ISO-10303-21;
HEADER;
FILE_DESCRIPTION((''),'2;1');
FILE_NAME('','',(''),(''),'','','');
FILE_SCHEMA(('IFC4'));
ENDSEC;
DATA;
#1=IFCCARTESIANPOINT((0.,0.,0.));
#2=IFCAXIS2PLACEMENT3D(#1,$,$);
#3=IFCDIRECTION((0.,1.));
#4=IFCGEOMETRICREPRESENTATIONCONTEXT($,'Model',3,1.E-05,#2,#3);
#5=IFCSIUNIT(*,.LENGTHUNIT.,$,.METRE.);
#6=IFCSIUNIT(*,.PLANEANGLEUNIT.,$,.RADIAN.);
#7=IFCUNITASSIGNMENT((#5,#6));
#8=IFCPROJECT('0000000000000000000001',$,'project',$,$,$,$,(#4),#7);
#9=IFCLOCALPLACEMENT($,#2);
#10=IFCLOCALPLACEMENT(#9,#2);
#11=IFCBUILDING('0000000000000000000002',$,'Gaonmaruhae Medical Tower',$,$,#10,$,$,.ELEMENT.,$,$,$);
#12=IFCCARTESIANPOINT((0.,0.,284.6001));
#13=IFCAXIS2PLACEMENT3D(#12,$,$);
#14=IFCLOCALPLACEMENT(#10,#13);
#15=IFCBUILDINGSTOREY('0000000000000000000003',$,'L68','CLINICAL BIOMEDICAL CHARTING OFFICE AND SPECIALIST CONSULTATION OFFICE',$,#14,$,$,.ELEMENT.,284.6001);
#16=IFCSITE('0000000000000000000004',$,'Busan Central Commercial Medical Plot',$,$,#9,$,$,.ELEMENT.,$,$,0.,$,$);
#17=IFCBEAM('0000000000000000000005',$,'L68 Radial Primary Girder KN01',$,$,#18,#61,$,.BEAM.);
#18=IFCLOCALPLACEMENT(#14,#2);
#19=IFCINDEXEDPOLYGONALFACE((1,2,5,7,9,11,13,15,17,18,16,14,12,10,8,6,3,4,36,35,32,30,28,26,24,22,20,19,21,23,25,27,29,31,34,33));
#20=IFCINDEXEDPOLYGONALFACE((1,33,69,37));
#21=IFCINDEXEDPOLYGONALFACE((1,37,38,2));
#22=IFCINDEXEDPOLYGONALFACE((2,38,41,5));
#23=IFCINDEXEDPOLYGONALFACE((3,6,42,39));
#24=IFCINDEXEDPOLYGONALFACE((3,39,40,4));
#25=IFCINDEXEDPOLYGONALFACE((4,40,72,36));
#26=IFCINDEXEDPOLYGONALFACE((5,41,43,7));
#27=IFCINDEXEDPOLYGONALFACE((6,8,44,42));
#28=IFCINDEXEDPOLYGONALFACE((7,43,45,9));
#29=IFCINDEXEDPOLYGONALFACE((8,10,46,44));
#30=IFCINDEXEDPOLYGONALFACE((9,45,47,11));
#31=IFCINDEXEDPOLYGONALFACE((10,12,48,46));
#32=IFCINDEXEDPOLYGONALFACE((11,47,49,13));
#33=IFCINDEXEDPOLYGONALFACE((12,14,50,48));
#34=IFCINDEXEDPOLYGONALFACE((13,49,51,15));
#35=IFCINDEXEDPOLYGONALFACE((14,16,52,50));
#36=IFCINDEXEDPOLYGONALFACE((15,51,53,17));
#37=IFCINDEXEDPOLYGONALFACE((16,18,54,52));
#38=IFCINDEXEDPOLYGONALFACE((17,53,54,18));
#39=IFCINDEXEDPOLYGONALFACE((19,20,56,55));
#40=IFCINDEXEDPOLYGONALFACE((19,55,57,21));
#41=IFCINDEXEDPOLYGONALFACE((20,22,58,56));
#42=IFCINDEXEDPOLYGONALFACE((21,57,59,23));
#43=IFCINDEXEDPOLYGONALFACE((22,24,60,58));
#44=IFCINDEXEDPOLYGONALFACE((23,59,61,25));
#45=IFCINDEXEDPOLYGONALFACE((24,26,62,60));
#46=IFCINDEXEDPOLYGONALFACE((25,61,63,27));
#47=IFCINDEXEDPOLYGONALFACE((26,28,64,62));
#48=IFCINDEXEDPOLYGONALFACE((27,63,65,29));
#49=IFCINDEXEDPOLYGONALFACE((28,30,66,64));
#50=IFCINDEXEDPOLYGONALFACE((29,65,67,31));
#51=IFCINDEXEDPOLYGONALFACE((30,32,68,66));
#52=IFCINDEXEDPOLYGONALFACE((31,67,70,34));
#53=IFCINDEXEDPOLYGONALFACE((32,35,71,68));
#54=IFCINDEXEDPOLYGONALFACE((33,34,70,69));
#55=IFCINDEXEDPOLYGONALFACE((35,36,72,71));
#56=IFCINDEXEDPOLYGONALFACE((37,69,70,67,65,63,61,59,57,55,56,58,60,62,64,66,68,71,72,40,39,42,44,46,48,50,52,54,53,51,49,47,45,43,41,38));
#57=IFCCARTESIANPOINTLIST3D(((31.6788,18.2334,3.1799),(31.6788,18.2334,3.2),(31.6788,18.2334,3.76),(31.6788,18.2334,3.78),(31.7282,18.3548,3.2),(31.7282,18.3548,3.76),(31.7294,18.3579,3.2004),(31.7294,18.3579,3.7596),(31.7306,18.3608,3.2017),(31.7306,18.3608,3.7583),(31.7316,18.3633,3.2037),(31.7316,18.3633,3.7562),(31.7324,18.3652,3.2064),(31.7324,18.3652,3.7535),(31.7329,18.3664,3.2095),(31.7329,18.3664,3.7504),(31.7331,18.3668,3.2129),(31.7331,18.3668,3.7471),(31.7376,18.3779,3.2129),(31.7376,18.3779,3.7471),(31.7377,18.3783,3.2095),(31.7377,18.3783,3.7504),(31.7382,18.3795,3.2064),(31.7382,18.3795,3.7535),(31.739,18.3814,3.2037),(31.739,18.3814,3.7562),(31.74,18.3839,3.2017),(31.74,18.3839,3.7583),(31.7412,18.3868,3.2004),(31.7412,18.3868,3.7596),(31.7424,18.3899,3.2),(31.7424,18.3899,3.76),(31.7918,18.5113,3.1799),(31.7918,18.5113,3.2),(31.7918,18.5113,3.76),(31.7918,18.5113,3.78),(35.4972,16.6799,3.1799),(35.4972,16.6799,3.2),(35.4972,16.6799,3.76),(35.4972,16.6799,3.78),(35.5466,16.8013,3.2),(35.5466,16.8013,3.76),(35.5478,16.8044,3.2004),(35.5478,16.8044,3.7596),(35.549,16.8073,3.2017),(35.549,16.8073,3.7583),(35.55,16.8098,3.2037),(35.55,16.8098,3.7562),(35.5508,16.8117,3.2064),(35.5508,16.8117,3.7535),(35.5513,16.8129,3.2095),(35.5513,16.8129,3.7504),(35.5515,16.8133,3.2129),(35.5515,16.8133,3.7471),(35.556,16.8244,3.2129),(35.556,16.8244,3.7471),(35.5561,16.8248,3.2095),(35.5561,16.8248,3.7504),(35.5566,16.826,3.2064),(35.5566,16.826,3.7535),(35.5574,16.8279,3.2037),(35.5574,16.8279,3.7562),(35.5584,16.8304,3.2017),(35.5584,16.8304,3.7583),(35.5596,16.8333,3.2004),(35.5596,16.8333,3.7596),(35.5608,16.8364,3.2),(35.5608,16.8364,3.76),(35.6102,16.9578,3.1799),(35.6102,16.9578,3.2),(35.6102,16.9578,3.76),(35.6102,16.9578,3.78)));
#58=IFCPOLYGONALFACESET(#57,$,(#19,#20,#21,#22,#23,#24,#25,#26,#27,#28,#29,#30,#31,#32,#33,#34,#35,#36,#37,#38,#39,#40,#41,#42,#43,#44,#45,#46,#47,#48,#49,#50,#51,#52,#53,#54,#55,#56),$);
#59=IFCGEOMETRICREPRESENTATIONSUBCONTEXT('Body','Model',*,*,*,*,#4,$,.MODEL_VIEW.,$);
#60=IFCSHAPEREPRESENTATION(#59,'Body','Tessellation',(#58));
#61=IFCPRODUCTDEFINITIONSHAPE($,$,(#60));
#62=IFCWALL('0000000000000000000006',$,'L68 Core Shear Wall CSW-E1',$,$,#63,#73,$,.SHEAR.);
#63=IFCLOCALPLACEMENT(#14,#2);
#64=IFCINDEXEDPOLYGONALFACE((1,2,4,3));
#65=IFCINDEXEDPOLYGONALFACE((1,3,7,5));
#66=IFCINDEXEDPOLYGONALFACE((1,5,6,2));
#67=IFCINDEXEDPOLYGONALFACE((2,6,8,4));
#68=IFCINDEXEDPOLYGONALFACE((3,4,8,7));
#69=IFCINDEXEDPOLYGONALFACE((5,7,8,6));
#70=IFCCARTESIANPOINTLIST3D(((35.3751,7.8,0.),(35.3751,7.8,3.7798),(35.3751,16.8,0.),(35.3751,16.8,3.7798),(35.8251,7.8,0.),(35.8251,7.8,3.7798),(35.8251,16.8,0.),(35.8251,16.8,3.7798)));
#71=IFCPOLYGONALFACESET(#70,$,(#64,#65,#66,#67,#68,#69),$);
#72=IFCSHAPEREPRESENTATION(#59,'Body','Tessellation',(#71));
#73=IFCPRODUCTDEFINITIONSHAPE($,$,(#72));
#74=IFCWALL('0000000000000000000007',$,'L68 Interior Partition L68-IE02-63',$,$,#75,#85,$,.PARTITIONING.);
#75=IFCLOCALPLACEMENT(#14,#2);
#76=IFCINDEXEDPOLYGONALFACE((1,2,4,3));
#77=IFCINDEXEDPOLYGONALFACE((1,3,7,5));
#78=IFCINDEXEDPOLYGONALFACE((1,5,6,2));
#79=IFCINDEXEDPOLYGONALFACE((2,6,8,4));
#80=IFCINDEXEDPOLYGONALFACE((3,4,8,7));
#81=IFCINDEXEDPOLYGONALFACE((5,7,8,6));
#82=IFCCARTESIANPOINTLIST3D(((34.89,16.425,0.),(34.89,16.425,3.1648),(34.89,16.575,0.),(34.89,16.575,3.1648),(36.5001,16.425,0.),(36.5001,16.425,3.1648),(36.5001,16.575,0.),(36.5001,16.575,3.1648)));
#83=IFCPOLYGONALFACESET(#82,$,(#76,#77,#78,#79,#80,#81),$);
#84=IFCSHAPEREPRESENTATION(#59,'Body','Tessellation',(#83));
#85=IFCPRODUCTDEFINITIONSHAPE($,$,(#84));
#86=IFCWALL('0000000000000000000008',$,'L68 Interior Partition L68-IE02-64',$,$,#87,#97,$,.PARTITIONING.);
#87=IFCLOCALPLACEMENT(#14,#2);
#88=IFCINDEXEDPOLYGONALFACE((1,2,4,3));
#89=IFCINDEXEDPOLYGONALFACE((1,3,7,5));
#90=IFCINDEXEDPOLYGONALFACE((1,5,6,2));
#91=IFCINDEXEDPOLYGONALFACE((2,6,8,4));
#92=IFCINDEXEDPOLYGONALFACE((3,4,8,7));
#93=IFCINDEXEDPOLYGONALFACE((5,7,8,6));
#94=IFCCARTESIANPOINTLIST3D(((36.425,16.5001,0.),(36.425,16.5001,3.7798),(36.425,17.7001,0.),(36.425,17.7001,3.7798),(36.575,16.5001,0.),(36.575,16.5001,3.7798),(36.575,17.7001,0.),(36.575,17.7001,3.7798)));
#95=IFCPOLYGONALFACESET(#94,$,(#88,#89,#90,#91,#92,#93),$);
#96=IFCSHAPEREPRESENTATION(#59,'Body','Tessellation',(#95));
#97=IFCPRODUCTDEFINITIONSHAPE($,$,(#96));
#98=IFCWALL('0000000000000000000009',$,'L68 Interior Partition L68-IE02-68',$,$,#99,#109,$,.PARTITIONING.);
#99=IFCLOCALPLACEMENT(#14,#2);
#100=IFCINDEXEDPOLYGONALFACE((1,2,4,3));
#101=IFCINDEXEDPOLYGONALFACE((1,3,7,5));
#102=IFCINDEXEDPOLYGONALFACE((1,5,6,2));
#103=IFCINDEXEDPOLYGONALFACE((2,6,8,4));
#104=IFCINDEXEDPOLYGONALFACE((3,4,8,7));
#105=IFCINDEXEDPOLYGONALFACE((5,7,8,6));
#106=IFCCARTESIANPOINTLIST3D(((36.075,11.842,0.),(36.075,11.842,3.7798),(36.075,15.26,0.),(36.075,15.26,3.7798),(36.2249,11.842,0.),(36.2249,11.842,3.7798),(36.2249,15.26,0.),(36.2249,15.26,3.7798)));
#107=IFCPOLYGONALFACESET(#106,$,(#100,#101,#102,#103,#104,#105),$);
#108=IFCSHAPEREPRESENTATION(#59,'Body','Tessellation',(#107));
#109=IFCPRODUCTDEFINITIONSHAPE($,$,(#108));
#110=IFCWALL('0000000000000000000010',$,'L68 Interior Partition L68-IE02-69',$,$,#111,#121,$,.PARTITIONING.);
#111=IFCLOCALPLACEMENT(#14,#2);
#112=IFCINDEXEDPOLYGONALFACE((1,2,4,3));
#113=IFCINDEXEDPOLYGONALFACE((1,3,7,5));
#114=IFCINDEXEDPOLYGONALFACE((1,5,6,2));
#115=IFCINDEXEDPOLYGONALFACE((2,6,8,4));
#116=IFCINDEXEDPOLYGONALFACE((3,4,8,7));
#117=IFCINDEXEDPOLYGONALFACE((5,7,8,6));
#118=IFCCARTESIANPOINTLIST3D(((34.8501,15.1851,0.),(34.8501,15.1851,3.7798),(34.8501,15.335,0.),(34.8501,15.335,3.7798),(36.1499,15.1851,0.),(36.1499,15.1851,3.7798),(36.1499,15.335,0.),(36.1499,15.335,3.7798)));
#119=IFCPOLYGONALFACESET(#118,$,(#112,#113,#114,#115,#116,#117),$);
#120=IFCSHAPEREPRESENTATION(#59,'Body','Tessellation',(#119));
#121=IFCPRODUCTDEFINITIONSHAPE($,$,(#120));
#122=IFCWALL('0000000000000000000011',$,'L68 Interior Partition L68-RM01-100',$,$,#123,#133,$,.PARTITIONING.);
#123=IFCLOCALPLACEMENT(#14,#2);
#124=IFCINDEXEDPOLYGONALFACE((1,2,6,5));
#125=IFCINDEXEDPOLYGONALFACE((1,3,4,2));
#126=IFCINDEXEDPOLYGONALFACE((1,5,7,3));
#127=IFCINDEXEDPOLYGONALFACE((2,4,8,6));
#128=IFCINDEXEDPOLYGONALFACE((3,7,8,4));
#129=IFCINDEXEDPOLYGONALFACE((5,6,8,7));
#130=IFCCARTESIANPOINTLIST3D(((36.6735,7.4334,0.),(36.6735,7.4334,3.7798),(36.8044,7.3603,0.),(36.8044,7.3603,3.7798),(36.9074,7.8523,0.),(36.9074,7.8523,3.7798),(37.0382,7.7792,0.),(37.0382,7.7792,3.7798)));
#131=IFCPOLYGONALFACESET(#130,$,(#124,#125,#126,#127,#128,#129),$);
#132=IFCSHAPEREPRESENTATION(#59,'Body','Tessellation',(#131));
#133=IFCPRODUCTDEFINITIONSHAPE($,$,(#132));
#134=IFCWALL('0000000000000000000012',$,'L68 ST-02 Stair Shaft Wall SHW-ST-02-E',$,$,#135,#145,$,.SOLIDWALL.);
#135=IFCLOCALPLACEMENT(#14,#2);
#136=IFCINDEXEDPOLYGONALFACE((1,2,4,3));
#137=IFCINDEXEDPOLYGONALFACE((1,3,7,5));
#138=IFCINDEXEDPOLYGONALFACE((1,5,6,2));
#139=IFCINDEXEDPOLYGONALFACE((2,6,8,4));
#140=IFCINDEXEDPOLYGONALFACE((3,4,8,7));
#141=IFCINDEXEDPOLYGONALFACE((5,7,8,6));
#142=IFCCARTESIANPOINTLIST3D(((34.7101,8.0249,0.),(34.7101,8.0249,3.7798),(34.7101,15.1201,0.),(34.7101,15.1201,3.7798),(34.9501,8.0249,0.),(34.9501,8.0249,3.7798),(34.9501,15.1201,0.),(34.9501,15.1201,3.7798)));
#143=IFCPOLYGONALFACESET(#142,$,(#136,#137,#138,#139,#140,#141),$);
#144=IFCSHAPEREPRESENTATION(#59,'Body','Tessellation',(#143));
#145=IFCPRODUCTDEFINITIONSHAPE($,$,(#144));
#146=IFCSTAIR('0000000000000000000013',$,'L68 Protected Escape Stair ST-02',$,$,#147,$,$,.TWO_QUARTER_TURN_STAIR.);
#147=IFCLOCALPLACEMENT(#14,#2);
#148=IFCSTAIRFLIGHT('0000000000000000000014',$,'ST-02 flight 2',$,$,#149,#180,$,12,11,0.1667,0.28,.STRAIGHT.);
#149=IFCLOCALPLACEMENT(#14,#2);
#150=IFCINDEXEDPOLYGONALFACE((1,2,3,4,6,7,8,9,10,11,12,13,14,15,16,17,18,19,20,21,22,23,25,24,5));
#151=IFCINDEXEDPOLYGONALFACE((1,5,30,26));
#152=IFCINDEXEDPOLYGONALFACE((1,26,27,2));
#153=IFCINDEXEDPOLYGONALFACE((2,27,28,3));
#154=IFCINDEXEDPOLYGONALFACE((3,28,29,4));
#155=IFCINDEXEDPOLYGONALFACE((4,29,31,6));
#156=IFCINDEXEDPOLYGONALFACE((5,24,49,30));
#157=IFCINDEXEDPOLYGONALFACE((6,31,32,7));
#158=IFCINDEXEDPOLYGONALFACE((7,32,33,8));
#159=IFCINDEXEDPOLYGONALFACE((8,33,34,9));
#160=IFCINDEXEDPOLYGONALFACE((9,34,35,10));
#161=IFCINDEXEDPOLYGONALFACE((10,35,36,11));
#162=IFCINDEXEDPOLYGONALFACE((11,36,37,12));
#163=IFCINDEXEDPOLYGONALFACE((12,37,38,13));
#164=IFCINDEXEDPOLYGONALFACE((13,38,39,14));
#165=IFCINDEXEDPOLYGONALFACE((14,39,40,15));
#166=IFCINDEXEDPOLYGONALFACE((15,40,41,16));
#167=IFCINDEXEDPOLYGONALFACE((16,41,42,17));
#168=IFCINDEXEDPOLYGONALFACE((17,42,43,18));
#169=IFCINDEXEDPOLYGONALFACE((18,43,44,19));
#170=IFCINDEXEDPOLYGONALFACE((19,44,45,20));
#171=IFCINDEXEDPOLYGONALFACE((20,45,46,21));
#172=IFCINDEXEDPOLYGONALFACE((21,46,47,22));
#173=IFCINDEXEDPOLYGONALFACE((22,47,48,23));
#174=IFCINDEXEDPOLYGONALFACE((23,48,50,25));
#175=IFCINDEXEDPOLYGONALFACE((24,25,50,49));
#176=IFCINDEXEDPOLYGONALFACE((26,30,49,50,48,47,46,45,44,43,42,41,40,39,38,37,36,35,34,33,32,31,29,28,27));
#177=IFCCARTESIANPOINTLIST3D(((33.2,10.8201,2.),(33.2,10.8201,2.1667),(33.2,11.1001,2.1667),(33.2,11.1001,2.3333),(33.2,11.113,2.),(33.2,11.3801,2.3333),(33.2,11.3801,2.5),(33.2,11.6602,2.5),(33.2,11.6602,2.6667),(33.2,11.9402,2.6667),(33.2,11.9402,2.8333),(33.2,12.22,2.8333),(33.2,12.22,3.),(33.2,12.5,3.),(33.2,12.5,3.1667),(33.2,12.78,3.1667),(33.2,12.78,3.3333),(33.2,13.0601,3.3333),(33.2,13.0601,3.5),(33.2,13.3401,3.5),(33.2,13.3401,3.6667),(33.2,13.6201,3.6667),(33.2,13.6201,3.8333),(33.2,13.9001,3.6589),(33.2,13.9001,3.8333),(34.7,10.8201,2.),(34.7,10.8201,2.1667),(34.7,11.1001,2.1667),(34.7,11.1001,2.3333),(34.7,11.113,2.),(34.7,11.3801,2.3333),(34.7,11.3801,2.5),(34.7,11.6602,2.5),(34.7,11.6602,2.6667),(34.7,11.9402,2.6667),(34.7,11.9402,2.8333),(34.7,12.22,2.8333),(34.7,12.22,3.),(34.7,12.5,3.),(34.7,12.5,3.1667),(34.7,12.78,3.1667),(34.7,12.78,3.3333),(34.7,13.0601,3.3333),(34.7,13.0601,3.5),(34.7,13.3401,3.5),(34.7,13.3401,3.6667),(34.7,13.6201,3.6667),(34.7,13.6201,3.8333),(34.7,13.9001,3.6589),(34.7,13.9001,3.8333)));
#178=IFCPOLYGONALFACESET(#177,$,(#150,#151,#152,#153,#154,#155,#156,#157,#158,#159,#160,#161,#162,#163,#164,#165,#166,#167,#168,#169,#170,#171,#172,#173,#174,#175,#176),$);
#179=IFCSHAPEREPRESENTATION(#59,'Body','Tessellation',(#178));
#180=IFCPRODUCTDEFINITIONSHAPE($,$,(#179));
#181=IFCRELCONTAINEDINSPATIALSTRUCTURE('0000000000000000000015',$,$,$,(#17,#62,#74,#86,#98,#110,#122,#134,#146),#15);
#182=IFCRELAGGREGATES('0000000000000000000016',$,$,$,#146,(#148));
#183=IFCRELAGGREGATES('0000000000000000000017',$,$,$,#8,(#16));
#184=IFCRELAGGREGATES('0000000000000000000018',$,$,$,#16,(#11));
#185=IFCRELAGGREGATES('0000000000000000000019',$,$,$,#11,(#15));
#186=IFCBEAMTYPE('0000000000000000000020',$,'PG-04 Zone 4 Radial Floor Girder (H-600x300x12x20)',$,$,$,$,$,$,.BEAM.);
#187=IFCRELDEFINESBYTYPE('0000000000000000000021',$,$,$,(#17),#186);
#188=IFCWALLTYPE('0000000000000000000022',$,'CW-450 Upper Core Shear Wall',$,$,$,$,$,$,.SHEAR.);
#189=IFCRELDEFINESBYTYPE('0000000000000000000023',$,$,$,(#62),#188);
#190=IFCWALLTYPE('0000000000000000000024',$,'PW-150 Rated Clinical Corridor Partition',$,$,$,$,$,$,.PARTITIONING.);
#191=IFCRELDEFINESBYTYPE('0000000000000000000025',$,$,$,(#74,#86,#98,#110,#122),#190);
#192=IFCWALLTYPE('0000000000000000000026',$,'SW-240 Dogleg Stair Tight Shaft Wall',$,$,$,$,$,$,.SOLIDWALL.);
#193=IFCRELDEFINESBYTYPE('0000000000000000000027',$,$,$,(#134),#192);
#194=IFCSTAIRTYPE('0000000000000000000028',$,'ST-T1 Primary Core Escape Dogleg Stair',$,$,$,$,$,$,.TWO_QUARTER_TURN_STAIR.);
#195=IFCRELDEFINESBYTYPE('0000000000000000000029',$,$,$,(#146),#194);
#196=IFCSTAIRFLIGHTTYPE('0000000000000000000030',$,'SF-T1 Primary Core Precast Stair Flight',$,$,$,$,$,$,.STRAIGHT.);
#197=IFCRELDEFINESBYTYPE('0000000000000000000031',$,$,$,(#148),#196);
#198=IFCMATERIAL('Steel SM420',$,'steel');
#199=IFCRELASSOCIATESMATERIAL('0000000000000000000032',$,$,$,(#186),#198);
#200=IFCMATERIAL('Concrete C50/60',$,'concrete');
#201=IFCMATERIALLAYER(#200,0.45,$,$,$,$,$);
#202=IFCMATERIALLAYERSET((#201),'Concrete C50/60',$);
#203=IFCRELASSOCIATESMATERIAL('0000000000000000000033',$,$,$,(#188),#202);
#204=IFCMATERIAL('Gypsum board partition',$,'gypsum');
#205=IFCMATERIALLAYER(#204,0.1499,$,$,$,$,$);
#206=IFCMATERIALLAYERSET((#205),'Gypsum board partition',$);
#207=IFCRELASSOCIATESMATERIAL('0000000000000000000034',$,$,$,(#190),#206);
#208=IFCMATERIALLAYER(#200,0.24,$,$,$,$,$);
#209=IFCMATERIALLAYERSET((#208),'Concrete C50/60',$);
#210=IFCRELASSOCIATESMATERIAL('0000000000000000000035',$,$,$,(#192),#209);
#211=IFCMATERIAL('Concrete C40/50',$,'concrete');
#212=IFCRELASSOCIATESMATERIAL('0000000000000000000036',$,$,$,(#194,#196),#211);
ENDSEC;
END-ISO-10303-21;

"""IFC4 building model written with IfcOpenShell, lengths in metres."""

from ifc_helpers import new_model, si_unit, direction, frame, frame_2d, origin, origin_2d, place, context, subcontext, project, spatial, polyline, rectangle, i_section, outline, extrude, material, layer, layer_set, material_profile, profile_set, type_object, element, aggregate, save


model = new_model("IFC4")

# Units and contexts
model_context = context("Model", 3, precision=1e-05, world=origin(), true_north=direction((0.0, 1.0)))
body_context = subcontext(model_context, "Body", "Model", "MODEL_VIEW")
ifc_project = project(units=[si_unit("LENGTHUNIT", "METRE"), si_unit("PLANEANGLEUNIT", "RADIAN")], contexts=[model_context])

# Site, building, storey
site_placement = place(None, origin())
site = spatial("IfcSite", under=ifc_project, at=site_placement, Name="Busan Central Commercial Medical Plot", CompositionType="ELEMENT", RefElevation=0.0)
building_placement = place(site_placement, origin())
building = spatial("IfcBuilding", under=site, at=building_placement, Name="Gaonmaruhae Medical Tower", CompositionType="ELEMENT")
storey_placement = place(building_placement, frame((0.0, 0.0, 284.6001)))
storey = spatial("IfcBuildingStorey", under=building, at=storey_placement, Name="L68", Description="CLINICAL BIOMEDICAL CHARTING OFFICE AND SPECIALIST CONSULTATION OFFICE", CompositionType="ELEMENT", Elevation=284.6001)

# Shared definitions
ifc_material_1 = material(Name="Concrete C50/60", Category="concrete")

# Beam
ifc_material_2 = material(Name="Steel SM420", Category="steel")
ifc_material_profile_1 = material_profile(ifc_material_2, i_section(OverallWidth=0.3, OverallDepth=0.6001, WebThickness=0.012, FlangeThickness=0.02, FilletRadius=0.0129, at=origin_2d()), Name="H-600x300x12x20")
ifc_profile_set_1 = profile_set([ifc_material_profile_1], Name="Steel SM420")
beam_type = type_object("IfcBeamType", Name="PG-04 Zone 4 Radial Floor Girder (H-600x300x12x20)", PredefinedType="BEAM", material=ifc_profile_set_1)
beam_1_placement = place(storey_placement, frame((35.5537, 16.8188, 3.48), z_axis=(-0.926275, 0.376847, 0.0), x_axis=(-0.376847, -0.926275, 0.0)))
element("IfcBeam", 1, at=beam_1_placement, inside=storey, type_object=beam_type, Name="L68 Radial Primary Girder KN01", PredefinedType="BEAM", context=body_context, shape_type="SweptSolid", body=[
    extrude(i_section(OverallWidth=0.3, OverallDepth=0.6001, WebThickness=0.012, FlangeThickness=0.02, FilletRadius=0.0129, at=origin_2d()), origin(), (0.0, 0.0, 1.0), 4.1223),
])

# Walls
ifc_layer_1 = layer(ifc_material_1, 0.45)
ifc_layer_set_1 = layer_set([ifc_layer_1], Name="Concrete C50/60")
wall_type_1 = type_object("IfcWallType", Name="CW-450 Upper Core Shear Wall", PredefinedType="SHEAR", material=ifc_layer_set_1)
wall_1_placement = place(storey_placement, frame((35.6001, 7.8, 0.0), z_axis=(0.0, 0.0, 1.0), x_axis=(0.0, 1.0, 0.0)))
element("IfcWall", 2, at=wall_1_placement, inside=storey, type_object=wall_type_1, Name="L68 Core Shear Wall CSW-E1", PredefinedType="SHEAR", context=body_context, shape_type="SweptSolid", body=[
    extrude(rectangle(XDim=9.0, YDim=0.45, at=frame_2d((4.5, 0.0))), origin(), (0.0, 0.0, 1.0), 3.7798),
])
ifc_material_3 = material(Name="Gypsum board partition", Category="gypsum")
ifc_layer_2 = layer(ifc_material_3, 0.1499)
ifc_layer_set_2 = layer_set([ifc_layer_2], Name="Gypsum board partition")
wall_type_2 = type_object("IfcWallType", Name="PW-150 Rated Clinical Corridor Partition", PredefinedType="PARTITIONING", material=ifc_layer_set_2)
wall_2_placement = place(storey_placement, frame((34.8899, 16.5, 0.0), z_axis=(0.0, 0.0, 1.0), x_axis=(1.0, 0.0, 0.0)))
element("IfcWall", 3, at=wall_2_placement, inside=storey, type_object=wall_type_2, Name="L68 Interior Partition L68-IE02-63", PredefinedType="PARTITIONING", context=body_context, shape_type="SweptSolid", body=[
    extrude(rectangle(XDim=1.6101, YDim=0.1499, at=frame_2d((0.8052, 0.0))), origin(), (0.0, 0.0, 1.0), 3.1648),
])
wall_3_placement = place(storey_placement, frame((36.5, 16.5, 0.0), z_axis=(0.0, 0.0, 1.0), x_axis=(0.0, 1.0, 0.0)))
element("IfcWall", 4, at=wall_3_placement, inside=storey, type_object=wall_type_2, Name="L68 Interior Partition L68-IE02-64", PredefinedType="PARTITIONING", context=body_context, shape_type="SweptSolid", body=[
    extrude(rectangle(XDim=1.2, YDim=0.1499, at=frame_2d((0.6001, 0.0))), origin(), (0.0, 0.0, 1.0), 3.7798),
])
wall_4_placement = place(storey_placement, frame((36.1499, 11.842, 0.0), z_axis=(0.0, 0.0, 1.0), x_axis=(0.0, 1.0, 0.0)))
element("IfcWall", 5, at=wall_4_placement, inside=storey, type_object=wall_type_2, Name="L68 Interior Partition L68-IE02-68", PredefinedType="PARTITIONING", context=body_context, shape_type="SweptSolid", body=[
    extrude(rectangle(XDim=3.418, YDim=0.1499, at=frame_2d((1.709, 0.0))), origin(), (0.0, 0.0, 1.0), 3.7798),
])
wall_5_placement = place(storey_placement, frame((36.1499, 15.26, 0.0), z_axis=(0.0, 0.0, 1.0), x_axis=(-1.0, 0.0, 0.0)))
element("IfcWall", 6, at=wall_5_placement, inside=storey, type_object=wall_type_2, Name="L68 Interior Partition L68-IE02-69", PredefinedType="PARTITIONING", context=body_context, shape_type="SweptSolid", body=[
    extrude(rectangle(XDim=1.2998, YDim=0.1499, at=frame_2d((0.6499, 0.0))), origin(), (0.0, 0.0, 1.0), 3.7798),
])
wall_6_placement = place(storey_placement, frame((36.739, 7.397, 0.0), z_axis=(0.0, 0.0, 1.0), x_axis=(0.487456, 0.873147, 0.0)))
element("IfcWall", 7, at=wall_6_placement, inside=storey, type_object=wall_type_2, Name="L68 Interior Partition L68-RM01-100", PredefinedType="PARTITIONING", context=body_context, shape_type="SweptSolid", body=[
    extrude(rectangle(XDim=0.4797, YDim=0.1499, at=frame_2d((0.2397, 0.0))), origin(), (0.0, 0.0, 1.0), 3.7798),
])
ifc_layer_3 = layer(ifc_material_1, 0.24)
ifc_layer_set_3 = layer_set([ifc_layer_3], Name="Concrete C50/60")
wall_type_3 = type_object("IfcWallType", Name="SW-240 Dogleg Stair Tight Shaft Wall", PredefinedType="SOLIDWALL", material=ifc_layer_set_3)
wall_7_placement = place(storey_placement, frame((34.8301, 15.1201, 0.0), z_axis=(0.0, 0.0, 1.0), x_axis=(0.0, -1.0, 0.0)))
element("IfcWall", 8, at=wall_7_placement, inside=storey, type_object=wall_type_3, Name="L68 ST-02 Stair Shaft Wall SHW-ST-02-E", PredefinedType="SOLIDWALL", context=body_context, shape_type="SweptSolid", body=[
    extrude(rectangle(XDim=7.0952, YDim=0.24, at=frame_2d((3.5476, 0.0))), origin(), (0.0, 0.0, 1.0), 3.7798),
])

# Stair, stair flight
ifc_material_4 = material(Name="Concrete C40/50", Category="concrete")
stair_type = type_object("IfcStairType", Name="ST-T1 Primary Core Escape Dogleg Stair", PredefinedType="TWO_QUARTER_TURN_STAIR", material=ifc_material_4)
stair_placement = place(storey_placement, origin())
stair = element("IfcStair", 9, at=stair_placement, inside=storey, type_object=stair_type, Name="L68 Protected Escape Stair ST-02", PredefinedType="TWO_QUARTER_TURN_STAIR")
stair_flight_type = type_object("IfcStairFlightType", Name="SF-T1 Primary Core Precast Stair Flight", PredefinedType="STRAIGHT", material=ifc_material_4)
stair_flight_placement = place(storey_placement, frame((33.95, 10.8201, 2.0), z_axis=(0.0, 0.0, 1.0), x_axis=(0.0, 1.0, 0.0)))
stair_flight = element("IfcStairFlight", 10, at=stair_flight_placement, type_object=stair_flight_type, Name="ST-02 flight 2", NumberOfRisers=12, NumberOfTreads=11, PredefinedType="STRAIGHT", RiserHeight=0.1667, TreadLength=0.28, context=body_context, shape_type="SweptSolid", body=[
    extrude(outline(polyline([(0.0, 0.0), (0.0, 0.1667), (0.28, 0.1667), (0.28, 0.3333), (0.5601, 0.3333), (0.5601, 0.5), (0.8401, 0.5), (0.8401, 0.6667), (1.1201, 0.6667), (1.1201, 0.8333), (1.3999, 0.8333), (1.3999, 1.0), (1.6799, 1.0), (1.6799, 1.1667), (1.96, 1.1667), (1.96, 1.3333), (2.24, 1.3333), (2.24, 1.5), (2.52, 1.5), (2.52, 1.6667), (2.8, 1.6667), (2.8, 1.8333), (3.0801, 1.8333), (3.0801, 2.0), (3.0801, 1.6589), (0.293, 0.0), (0.0, 0.0)])), frame((0.0, 0.75, 0.0), z_axis=(0.0, -1.0, 0.0), x_axis=(1.0, 0.0, 0.0)), (0.0, 0.0, 1.0), 1.5),
])
aggregate(stair, [stair_flight])

save(model, "model.ifc")
